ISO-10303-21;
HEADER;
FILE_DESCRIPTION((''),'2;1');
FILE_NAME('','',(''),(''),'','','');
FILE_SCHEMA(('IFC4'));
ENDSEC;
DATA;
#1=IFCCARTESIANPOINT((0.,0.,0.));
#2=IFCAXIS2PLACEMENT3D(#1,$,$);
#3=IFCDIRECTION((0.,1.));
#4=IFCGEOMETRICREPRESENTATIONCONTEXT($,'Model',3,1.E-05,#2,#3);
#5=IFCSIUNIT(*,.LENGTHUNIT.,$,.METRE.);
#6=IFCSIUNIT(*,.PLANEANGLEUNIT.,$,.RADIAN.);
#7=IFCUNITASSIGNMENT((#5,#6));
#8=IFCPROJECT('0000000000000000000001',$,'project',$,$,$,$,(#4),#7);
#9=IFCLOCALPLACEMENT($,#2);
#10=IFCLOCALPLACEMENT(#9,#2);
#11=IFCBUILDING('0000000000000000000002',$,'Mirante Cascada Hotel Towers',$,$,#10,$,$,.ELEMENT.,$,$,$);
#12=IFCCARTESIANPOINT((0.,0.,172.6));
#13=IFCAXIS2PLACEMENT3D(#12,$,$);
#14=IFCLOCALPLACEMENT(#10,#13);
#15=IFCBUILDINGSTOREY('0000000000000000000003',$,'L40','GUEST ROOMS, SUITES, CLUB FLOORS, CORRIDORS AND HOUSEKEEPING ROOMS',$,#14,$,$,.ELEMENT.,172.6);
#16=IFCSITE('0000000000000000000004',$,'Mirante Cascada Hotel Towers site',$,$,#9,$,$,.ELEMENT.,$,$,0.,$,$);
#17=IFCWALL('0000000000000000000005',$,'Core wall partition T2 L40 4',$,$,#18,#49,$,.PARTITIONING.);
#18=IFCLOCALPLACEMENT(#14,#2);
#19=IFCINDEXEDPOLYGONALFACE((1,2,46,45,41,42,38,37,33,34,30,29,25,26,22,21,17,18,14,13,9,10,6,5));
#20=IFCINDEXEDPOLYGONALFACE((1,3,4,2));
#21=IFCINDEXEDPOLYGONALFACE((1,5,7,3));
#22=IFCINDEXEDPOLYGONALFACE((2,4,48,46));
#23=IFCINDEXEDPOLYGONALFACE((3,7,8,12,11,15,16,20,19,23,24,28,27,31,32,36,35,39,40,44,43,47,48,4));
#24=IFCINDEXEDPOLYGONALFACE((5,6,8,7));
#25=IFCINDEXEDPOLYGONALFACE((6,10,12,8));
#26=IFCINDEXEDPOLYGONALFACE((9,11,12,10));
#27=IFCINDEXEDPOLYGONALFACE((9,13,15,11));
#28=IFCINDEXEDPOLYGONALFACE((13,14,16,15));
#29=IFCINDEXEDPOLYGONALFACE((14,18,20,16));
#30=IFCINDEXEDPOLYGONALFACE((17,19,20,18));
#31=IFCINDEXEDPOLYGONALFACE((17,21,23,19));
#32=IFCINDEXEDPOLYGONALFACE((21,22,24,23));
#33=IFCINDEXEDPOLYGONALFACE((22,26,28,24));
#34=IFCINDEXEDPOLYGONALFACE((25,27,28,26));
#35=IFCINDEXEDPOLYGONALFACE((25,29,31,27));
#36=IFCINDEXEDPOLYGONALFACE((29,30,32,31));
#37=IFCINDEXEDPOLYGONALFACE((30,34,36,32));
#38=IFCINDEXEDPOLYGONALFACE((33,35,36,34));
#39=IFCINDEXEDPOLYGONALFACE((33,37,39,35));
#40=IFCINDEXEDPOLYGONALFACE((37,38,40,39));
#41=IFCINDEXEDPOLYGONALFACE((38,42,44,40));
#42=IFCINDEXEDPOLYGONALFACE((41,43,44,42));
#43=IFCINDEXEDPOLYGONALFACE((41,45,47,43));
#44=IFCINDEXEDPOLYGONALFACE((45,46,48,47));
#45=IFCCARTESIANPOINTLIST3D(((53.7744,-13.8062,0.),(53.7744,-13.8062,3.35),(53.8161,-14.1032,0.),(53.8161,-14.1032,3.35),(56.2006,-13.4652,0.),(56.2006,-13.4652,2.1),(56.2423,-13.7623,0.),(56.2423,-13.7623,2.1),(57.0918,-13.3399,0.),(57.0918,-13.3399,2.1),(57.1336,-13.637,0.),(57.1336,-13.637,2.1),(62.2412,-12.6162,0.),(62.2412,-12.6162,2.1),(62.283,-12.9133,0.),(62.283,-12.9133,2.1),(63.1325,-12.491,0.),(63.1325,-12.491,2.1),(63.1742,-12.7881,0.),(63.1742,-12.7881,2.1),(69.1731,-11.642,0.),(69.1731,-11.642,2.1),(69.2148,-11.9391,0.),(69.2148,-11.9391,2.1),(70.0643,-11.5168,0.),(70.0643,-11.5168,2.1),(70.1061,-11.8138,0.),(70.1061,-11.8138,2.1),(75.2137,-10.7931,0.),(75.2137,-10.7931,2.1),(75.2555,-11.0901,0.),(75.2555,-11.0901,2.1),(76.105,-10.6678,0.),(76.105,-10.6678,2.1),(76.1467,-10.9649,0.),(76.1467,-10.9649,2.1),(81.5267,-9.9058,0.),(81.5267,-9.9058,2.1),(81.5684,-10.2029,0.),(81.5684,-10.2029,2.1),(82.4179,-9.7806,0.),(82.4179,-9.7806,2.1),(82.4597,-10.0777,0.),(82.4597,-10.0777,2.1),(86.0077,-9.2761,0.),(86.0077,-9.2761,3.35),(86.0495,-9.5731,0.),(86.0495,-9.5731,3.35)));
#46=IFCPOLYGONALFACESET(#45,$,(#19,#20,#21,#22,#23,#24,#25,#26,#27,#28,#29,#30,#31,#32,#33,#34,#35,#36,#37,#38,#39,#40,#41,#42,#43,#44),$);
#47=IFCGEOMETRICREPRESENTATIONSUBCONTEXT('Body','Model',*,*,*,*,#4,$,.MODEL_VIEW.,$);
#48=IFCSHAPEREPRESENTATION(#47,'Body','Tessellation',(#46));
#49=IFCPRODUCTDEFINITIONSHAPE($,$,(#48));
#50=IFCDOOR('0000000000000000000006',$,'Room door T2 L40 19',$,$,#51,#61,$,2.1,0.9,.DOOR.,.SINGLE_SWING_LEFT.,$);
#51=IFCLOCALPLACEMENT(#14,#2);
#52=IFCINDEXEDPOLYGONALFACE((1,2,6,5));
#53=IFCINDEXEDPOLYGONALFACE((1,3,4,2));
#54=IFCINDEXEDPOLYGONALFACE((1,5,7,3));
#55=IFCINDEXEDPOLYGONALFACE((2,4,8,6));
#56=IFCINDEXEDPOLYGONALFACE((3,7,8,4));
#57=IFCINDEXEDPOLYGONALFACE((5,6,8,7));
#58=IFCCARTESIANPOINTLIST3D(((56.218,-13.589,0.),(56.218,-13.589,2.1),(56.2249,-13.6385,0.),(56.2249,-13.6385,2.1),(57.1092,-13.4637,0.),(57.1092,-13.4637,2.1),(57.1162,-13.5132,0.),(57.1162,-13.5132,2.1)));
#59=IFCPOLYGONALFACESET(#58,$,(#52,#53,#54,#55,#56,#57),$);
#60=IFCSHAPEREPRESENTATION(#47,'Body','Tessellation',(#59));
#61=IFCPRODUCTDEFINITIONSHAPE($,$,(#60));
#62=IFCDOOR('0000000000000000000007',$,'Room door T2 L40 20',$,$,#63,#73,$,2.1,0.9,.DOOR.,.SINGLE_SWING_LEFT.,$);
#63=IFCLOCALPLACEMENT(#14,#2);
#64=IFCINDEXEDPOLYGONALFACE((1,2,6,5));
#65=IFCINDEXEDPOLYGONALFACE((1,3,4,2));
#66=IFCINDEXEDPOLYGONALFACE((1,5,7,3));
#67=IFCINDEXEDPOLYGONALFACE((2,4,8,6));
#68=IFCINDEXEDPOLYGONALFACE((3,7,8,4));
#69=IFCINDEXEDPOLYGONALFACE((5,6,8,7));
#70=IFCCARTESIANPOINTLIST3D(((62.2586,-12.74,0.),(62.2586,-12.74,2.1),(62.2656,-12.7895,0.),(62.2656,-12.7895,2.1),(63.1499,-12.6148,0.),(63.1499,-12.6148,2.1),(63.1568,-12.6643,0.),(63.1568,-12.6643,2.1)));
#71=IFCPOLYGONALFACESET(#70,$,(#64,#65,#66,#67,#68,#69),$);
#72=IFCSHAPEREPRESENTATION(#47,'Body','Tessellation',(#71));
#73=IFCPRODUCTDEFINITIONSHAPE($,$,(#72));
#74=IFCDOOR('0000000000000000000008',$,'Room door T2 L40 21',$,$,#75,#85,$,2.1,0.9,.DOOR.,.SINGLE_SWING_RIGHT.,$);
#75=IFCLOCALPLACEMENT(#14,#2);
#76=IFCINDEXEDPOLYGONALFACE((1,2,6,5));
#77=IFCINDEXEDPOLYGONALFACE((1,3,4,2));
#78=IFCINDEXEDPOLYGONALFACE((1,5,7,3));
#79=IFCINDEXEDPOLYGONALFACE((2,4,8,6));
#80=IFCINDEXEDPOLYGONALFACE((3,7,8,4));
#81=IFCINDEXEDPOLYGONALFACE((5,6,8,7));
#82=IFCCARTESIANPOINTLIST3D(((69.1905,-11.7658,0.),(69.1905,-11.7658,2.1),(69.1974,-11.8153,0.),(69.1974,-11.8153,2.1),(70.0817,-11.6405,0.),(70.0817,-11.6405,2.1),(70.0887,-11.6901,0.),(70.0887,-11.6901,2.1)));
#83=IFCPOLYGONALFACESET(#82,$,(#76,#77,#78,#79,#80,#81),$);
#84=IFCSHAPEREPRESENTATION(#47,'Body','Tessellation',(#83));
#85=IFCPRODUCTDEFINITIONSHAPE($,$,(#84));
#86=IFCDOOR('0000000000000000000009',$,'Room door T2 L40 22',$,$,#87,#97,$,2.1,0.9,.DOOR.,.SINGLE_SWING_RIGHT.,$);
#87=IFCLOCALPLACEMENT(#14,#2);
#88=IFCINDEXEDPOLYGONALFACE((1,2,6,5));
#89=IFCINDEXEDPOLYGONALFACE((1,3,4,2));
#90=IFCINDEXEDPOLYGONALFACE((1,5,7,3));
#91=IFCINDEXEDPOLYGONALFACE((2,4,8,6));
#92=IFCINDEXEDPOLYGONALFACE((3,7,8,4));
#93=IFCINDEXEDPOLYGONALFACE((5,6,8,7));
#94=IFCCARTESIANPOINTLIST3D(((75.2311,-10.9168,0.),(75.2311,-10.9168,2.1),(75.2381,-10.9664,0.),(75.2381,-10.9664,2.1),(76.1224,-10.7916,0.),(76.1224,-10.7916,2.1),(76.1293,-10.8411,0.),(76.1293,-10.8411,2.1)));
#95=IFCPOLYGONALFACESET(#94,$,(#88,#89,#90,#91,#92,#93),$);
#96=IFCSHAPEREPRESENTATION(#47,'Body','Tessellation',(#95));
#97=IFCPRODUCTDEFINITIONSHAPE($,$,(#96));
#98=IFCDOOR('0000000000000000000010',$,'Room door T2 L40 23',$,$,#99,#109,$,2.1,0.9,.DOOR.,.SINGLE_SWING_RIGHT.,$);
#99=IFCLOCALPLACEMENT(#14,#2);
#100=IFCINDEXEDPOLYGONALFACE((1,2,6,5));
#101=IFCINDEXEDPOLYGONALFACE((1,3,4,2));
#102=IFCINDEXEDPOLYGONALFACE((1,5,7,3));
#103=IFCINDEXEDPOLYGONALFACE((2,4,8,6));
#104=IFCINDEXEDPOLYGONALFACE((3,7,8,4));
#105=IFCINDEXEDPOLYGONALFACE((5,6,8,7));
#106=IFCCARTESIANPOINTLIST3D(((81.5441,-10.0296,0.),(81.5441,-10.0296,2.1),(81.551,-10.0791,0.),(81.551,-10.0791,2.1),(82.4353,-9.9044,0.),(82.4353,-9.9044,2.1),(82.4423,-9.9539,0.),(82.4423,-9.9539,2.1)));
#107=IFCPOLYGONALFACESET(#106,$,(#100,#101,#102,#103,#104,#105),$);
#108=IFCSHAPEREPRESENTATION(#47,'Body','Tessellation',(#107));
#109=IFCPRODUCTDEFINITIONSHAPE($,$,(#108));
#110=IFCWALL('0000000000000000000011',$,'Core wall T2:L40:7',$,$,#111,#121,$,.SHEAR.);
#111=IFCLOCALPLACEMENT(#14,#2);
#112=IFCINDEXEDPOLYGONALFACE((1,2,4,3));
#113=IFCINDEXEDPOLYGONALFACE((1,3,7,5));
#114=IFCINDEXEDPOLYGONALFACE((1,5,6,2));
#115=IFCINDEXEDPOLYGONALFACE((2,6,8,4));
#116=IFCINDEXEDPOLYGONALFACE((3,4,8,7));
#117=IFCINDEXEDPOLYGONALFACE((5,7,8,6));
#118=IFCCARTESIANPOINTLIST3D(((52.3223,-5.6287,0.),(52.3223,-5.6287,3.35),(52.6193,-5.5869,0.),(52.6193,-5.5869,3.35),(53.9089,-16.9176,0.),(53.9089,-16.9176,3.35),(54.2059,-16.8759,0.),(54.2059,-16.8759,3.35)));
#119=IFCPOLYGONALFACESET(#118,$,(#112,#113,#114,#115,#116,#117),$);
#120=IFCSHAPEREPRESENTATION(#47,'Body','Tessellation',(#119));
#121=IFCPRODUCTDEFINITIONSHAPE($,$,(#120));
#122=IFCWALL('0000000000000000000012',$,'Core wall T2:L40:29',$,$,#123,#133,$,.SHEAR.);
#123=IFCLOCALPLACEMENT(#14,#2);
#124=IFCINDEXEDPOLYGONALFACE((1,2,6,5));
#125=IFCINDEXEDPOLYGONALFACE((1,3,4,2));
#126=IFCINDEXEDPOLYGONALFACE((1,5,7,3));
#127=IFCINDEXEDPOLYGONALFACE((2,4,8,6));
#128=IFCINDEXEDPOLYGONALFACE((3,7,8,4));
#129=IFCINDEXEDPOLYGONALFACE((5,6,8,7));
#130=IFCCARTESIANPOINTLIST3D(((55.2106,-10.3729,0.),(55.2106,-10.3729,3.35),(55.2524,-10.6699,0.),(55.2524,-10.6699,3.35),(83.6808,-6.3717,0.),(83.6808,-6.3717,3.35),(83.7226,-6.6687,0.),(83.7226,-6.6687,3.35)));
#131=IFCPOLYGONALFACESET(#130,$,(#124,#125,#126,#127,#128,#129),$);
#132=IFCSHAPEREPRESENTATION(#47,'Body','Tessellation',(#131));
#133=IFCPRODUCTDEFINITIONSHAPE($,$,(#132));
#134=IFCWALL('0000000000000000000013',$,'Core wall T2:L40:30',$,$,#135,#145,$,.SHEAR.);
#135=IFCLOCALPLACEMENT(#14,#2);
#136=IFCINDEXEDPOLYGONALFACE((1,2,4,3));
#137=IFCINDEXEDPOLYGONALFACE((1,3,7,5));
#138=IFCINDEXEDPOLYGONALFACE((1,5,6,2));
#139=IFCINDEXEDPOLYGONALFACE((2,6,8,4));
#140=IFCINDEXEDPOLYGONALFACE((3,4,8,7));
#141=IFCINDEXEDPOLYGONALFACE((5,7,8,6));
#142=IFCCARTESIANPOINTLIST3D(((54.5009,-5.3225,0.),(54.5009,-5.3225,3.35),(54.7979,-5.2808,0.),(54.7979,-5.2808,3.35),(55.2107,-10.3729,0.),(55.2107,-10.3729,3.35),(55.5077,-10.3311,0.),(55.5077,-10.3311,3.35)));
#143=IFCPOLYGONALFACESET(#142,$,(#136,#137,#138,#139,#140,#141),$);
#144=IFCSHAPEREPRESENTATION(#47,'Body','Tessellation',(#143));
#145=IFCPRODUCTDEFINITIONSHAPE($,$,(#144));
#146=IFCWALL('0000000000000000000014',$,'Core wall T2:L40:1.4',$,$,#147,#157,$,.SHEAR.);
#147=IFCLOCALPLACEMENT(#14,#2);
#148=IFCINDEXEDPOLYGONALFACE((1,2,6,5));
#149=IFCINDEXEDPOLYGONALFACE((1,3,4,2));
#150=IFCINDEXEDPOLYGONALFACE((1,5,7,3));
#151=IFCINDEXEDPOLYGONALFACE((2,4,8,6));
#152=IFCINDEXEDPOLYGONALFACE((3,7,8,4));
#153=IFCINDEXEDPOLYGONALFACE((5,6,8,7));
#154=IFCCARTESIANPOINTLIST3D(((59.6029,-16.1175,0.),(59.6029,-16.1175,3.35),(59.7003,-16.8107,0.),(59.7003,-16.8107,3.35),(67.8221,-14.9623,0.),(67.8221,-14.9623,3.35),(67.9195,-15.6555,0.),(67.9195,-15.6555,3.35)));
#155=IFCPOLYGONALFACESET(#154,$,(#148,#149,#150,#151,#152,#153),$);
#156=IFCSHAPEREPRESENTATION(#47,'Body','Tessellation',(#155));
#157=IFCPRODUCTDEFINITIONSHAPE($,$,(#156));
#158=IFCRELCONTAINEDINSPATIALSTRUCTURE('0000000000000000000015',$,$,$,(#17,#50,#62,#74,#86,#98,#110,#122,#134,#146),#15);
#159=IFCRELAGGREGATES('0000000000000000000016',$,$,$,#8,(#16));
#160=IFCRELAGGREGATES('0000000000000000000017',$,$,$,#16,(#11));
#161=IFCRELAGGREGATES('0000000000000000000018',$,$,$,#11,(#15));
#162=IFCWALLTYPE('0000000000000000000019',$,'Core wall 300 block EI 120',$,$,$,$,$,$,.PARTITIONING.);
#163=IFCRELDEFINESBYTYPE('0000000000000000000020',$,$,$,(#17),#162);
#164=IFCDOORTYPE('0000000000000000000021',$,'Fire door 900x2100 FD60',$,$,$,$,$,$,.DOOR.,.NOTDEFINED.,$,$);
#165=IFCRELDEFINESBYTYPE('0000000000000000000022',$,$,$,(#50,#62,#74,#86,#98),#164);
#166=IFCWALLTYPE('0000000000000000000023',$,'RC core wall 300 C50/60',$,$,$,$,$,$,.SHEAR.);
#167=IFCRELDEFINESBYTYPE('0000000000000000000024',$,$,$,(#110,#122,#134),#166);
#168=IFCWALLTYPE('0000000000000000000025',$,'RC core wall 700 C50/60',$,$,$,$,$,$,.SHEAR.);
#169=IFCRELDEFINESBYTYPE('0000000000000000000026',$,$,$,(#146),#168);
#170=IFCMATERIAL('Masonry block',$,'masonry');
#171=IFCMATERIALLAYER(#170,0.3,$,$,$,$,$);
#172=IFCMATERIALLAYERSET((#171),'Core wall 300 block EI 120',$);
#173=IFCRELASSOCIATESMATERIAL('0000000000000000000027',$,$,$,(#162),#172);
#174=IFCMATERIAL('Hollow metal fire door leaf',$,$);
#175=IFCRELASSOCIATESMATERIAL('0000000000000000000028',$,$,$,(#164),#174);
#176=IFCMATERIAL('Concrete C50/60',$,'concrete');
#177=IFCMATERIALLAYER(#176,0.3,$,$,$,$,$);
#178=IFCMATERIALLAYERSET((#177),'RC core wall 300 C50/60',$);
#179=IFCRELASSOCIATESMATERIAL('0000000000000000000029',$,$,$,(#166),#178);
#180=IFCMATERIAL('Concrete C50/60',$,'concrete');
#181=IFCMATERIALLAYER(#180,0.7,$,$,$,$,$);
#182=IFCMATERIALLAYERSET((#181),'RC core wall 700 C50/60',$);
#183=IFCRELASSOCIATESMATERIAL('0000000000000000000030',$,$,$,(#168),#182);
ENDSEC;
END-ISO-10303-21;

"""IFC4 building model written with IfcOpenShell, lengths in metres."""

from ifc_helpers import new_model, si_unit, direction, frame, frame_2d, origin, place, context, subcontext, project, spatial, rectangle, extrude, material, layer, layer_set, type_object, element, fill, save


model = new_model("IFC4")

# Units and contexts
model_context = context("Model", 3, precision=1e-05, world=origin(), true_north=direction((0.0, 1.0)))
body_context = subcontext(model_context, "Body", "Model", "MODEL_VIEW")
ifc_project = project(units=[si_unit("LENGTHUNIT", "METRE"), si_unit("PLANEANGLEUNIT", "RADIAN")], contexts=[model_context])

# Site, building, storey
site_placement = place(None, origin())
site = spatial("IfcSite", under=ifc_project, at=site_placement, Name="Mirante Cascada Hotel Towers site", CompositionType="ELEMENT", RefElevation=0.0)
building_placement = place(site_placement, origin())
building = spatial("IfcBuilding", under=site, at=building_placement, Name="Mirante Cascada Hotel Towers", CompositionType="ELEMENT")
storey_placement = place(building_placement, frame((0.0, 0.0, 172.6)))
storey = spatial("IfcBuildingStorey", under=building, at=storey_placement, Name="L40", Description="GUEST ROOMS, SUITES, CLUB FLOORS, CORRIDORS AND HOUSEKEEPING ROOMS", CompositionType="ELEMENT", Elevation=172.6)

# Wall, openings, doors
ifc_material_1 = material(Name="Masonry block", Category="masonry")
ifc_layer_1 = layer(ifc_material_1, 0.3)
ifc_layer_set_1 = layer_set([ifc_layer_1], Name="Core wall 300 block EI 120")
wall_type_1 = type_object("IfcWallType", Name="Core wall 300 block EI 120", PredefinedType="PARTITIONING", material=ifc_layer_set_1)
wall_1_placement = place(storey_placement, frame((53.7953, -13.9547, 0.0), z_axis=(0.0, 0.0, 1.0), x_axis=(0.990268, 0.139173, 0.0)))
wall_1 = element("IfcWall", 1, at=wall_1_placement, inside=storey, type_object=wall_type_1, Name="Core wall partition T2 L40 4", PredefinedType="PARTITIONING", context=body_context, shape_type="SweptSolid", body=[
    extrude(rectangle(XDim=32.5501, YDim=0.3, at=frame_2d((16.275, 0.0))), origin(), (0.0, 0.0, 1.0), 3.35),
])
opening_1_placement = place(wall_1_placement, frame((2.45, 0.0, 0.0)))
opening_1 = element("IfcOpeningElement", 2, at=opening_1_placement, cuts=wall_1, PredefinedType="OPENING", context=body_context, shape_type="SweptSolid", body=[
    extrude(rectangle(XDim=0.9, YDim=2.1, at=frame_2d((0.45, 1.05))), frame((0.0, 0.15, 0.0), z_axis=(0.0, -1.0, 0.0), x_axis=(1.0, 0.0, 0.0)), (0.0, 0.0, 1.0), 0.3),
])
opening_2_placement = place(wall_1_placement, frame((8.55, 0.0, 0.0)))
opening_2 = element("IfcOpeningElement", 3, at=opening_2_placement, cuts=wall_1, PredefinedType="OPENING", context=body_context, shape_type="SweptSolid", body=[
    extrude(rectangle(XDim=0.9, YDim=2.1, at=frame_2d((0.45, 1.05))), frame((0.0, 0.15, 0.0), z_axis=(0.0, -1.0, 0.0), x_axis=(1.0, 0.0, 0.0)), (0.0, 0.0, 1.0), 0.3),
])
opening_3_placement = place(wall_1_placement, frame((15.55, 0.0, 0.0)))
opening_3 = element("IfcOpeningElement", 4, at=opening_3_placement, cuts=wall_1, PredefinedType="OPENING", context=body_context, shape_type="SweptSolid", body=[
    extrude(rectangle(XDim=0.9, YDim=2.1, at=frame_2d((0.45, 1.05))), frame((0.0, 0.15, 0.0), z_axis=(0.0, -1.0, 0.0), x_axis=(1.0, 0.0, 0.0)), (0.0, 0.0, 1.0), 0.3),
])
opening_4_placement = place(wall_1_placement, frame((21.65, 0.0, 0.0)))
opening_4 = element("IfcOpeningElement", 5, at=opening_4_placement, cuts=wall_1, PredefinedType="OPENING", context=body_context, shape_type="SweptSolid", body=[
    extrude(rectangle(XDim=0.9, YDim=2.1, at=frame_2d((0.45, 1.05))), frame((0.0, 0.15, 0.0), z_axis=(0.0, -1.0, 0.0), x_axis=(1.0, 0.0, 0.0)), (0.0, 0.0, 1.0), 0.3),
])
opening_5_placement = place(wall_1_placement, frame((28.025, 0.0, 0.0)))
opening_5 = element("IfcOpeningElement", 6, at=opening_5_placement, cuts=wall_1, PredefinedType="OPENING", context=body_context, shape_type="SweptSolid", body=[
    extrude(rectangle(XDim=0.9, YDim=2.1, at=frame_2d((0.45, 1.05))), frame((0.0, 0.15, 0.0), z_axis=(0.0, -1.0, 0.0), x_axis=(1.0, 0.0, 0.0)), (0.0, 0.0, 1.0), 0.3),
])
ifc_material_2 = material(Name="Hollow metal fire door leaf")
door_type = type_object("IfcDoorType", Name="Fire door 900x2100 FD60", OperationType="NOTDEFINED", PredefinedType="DOOR", material=ifc_material_2)
door_1_placement = place(opening_1_placement, frame((0.9, 0.0, 0.0), z_axis=(0.0, 0.0, 1.0), x_axis=(-1.0, 0.0, 0.0)))
door_1 = element("IfcDoor", 7, at=door_1_placement, inside=storey, type_object=door_type, Name="Room door T2 L40 19", OperationType="SINGLE_SWING_LEFT", OverallHeight=2.1, OverallWidth=0.9, PredefinedType="DOOR", context=body_context, shape_type="SweptSolid", body=[
    extrude(rectangle(XDim=0.9, YDim=2.1, at=frame_2d((0.45, 1.05))), frame((0.0, 0.025, 0.0), z_axis=(0.0, -1.0, 0.0), x_axis=(1.0, 0.0, 0.0)), (0.0, 0.0, 1.0), 0.05),
])
fill(opening_1, door_1)
door_2_placement = place(opening_2_placement, frame((0.9, 0.0, 0.0), z_axis=(0.0, 0.0, 1.0), x_axis=(-1.0, 0.0, 0.0)))
door_2 = element("IfcDoor", 8, at=door_2_placement, inside=storey, type_object=door_type, Name="Room door T2 L40 20", OperationType="SINGLE_SWING_LEFT", OverallHeight=2.1, OverallWidth=0.9, PredefinedType="DOOR", context=body_context, shape_type="SweptSolid", body=[
    extrude(rectangle(XDim=0.9, YDim=2.1, at=frame_2d((0.45, 1.05))), frame((0.0, 0.025, 0.0), z_axis=(0.0, -1.0, 0.0), x_axis=(1.0, 0.0, 0.0)), (0.0, 0.0, 1.0), 0.05),
])
fill(opening_2, door_2)
door_3_placement = place(opening_3_placement, frame((0.9, 0.0, 0.0), z_axis=(0.0, 0.0, 1.0), x_axis=(-1.0, 0.0, 0.0)))
door_3 = element("IfcDoor", 9, at=door_3_placement, inside=storey, type_object=door_type, Name="Room door T2 L40 21", OperationType="SINGLE_SWING_RIGHT", OverallHeight=2.1, OverallWidth=0.9, PredefinedType="DOOR", context=body_context, shape_type="SweptSolid", body=[
    extrude(rectangle(XDim=0.9, YDim=2.1, at=frame_2d((0.45, 1.05))), frame((0.0, 0.025, 0.0), z_axis=(0.0, -1.0, 0.0), x_axis=(1.0, 0.0, 0.0)), (0.0, 0.0, 1.0), 0.05),
])
fill(opening_3, door_3)
door_4_placement = place(opening_4_placement, frame((0.9, 0.0, 0.0), z_axis=(0.0, 0.0, 1.0), x_axis=(-1.0, 0.0, 0.0)))
door_4 = element("IfcDoor", 10, at=door_4_placement, inside=storey, type_object=door_type, Name="Room door T2 L40 22", OperationType="SINGLE_SWING_RIGHT", OverallHeight=2.1, OverallWidth=0.9, PredefinedType="DOOR", context=body_context, shape_type="SweptSolid", body=[
    extrude(rectangle(XDim=0.9, YDim=2.1, at=frame_2d((0.45, 1.05))), frame((0.0, 0.025, 0.0), z_axis=(0.0, -1.0, 0.0), x_axis=(1.0, 0.0, 0.0)), (0.0, 0.0, 1.0), 0.05),
])
fill(opening_4, door_4)
door_5_placement = place(opening_5_placement, frame((0.9, 0.0, 0.0), z_axis=(0.0, 0.0, 1.0), x_axis=(-1.0, 0.0, 0.0)))
door_5 = element("IfcDoor", 11, at=door_5_placement, inside=storey, type_object=door_type, Name="Room door T2 L40 23", OperationType="SINGLE_SWING_RIGHT", OverallHeight=2.1, OverallWidth=0.9, PredefinedType="DOOR", context=body_context, shape_type="SweptSolid", body=[
    extrude(rectangle(XDim=0.9, YDim=2.1, at=frame_2d((0.45, 1.05))), frame((0.0, 0.025, 0.0), z_axis=(0.0, -1.0, 0.0), x_axis=(1.0, 0.0, 0.0)), (0.0, 0.0, 1.0), 0.05),
])
fill(opening_5, door_5)

# Walls
ifc_material_3 = material(Name="Concrete C50/60", Category="concrete")
ifc_layer_2 = layer(ifc_material_3, 0.3)
ifc_layer_set_2 = layer_set([ifc_layer_2], Name="RC core wall 300 C50/60")
wall_type_2 = type_object("IfcWallType", Name="RC core wall 300 C50/60", PredefinedType="SHEAR", material=ifc_layer_set_2)
wall_2_placement = place(storey_placement, frame((54.0574, -16.8968, 0.0), z_axis=(0.0, 0.0, 1.0), x_axis=(-0.139176, 0.990268, 0.0)))
element("IfcWall", 12, at=wall_2_placement, inside=storey, type_object=wall_type_2, Name="Core wall T2:L40:7", PredefinedType="SHEAR", context=body_context, shape_type="SweptSolid", body=[
    extrude(rectangle(XDim=11.3999, YDim=0.3, at=frame_2d((5.7, 0.0))), origin(), (0.0, 0.0, 1.0), 3.35),
])
wall_3_placement = place(storey_placement, frame((55.2315, -10.5214, 0.0), z_axis=(0.0, 0.0, 1.0), x_axis=(0.990268, 0.139172, 0.0)))
element("IfcWall", 13, at=wall_3_placement, inside=storey, type_object=wall_type_2, Name="Core wall T2:L40:29", PredefinedType="SHEAR", context=body_context, shape_type="SweptSolid", body=[
    extrude(rectangle(XDim=28.75, YDim=0.3, at=frame_2d((14.375, 0.0))), origin(), (0.0, 0.0, 1.0), 3.35),
])
wall_4_placement = place(storey_placement, frame((55.3592, -10.352, 0.0), z_axis=(0.0, 0.0, 1.0), x_axis=(-0.139176, 0.990268, 0.0)))
element("IfcWall", 14, at=wall_4_placement, inside=storey, type_object=wall_type_2, Name="Core wall T2:L40:30", PredefinedType="SHEAR", context=body_context, shape_type="SweptSolid", body=[
    extrude(rectangle(XDim=5.1, YDim=0.3, at=frame_2d((2.55, 0.0))), origin(), (0.0, 0.0, 1.0), 3.35),
])
ifc_material_4 = material(Name="Concrete C50/60", Category="concrete")
ifc_layer_3 = layer(ifc_material_4, 0.7)
ifc_layer_set_3 = layer_set([ifc_layer_3], Name="RC core wall 700 C50/60")
wall_type_3 = type_object("IfcWallType", Name="RC core wall 700 C50/60", PredefinedType="SHEAR", material=ifc_layer_set_3)
wall_5_placement = place(storey_placement, frame((59.6516, -16.4641, 0.0), z_axis=(0.0, 0.0, 1.0), x_axis=(0.990267, 0.139181, 0.0)))
element("IfcWall", 15, at=wall_5_placement, inside=storey, type_object=wall_type_3, Name="Core wall T2:L40:1.4", PredefinedType="SHEAR", context=body_context, shape_type="SweptSolid", body=[
    extrude(rectangle(XDim=8.3, YDim=0.7, at=frame_2d((4.15, 0.0))), origin(), (0.0, 0.0, 1.0), 3.35),
])

save(model, "model.ifc")
